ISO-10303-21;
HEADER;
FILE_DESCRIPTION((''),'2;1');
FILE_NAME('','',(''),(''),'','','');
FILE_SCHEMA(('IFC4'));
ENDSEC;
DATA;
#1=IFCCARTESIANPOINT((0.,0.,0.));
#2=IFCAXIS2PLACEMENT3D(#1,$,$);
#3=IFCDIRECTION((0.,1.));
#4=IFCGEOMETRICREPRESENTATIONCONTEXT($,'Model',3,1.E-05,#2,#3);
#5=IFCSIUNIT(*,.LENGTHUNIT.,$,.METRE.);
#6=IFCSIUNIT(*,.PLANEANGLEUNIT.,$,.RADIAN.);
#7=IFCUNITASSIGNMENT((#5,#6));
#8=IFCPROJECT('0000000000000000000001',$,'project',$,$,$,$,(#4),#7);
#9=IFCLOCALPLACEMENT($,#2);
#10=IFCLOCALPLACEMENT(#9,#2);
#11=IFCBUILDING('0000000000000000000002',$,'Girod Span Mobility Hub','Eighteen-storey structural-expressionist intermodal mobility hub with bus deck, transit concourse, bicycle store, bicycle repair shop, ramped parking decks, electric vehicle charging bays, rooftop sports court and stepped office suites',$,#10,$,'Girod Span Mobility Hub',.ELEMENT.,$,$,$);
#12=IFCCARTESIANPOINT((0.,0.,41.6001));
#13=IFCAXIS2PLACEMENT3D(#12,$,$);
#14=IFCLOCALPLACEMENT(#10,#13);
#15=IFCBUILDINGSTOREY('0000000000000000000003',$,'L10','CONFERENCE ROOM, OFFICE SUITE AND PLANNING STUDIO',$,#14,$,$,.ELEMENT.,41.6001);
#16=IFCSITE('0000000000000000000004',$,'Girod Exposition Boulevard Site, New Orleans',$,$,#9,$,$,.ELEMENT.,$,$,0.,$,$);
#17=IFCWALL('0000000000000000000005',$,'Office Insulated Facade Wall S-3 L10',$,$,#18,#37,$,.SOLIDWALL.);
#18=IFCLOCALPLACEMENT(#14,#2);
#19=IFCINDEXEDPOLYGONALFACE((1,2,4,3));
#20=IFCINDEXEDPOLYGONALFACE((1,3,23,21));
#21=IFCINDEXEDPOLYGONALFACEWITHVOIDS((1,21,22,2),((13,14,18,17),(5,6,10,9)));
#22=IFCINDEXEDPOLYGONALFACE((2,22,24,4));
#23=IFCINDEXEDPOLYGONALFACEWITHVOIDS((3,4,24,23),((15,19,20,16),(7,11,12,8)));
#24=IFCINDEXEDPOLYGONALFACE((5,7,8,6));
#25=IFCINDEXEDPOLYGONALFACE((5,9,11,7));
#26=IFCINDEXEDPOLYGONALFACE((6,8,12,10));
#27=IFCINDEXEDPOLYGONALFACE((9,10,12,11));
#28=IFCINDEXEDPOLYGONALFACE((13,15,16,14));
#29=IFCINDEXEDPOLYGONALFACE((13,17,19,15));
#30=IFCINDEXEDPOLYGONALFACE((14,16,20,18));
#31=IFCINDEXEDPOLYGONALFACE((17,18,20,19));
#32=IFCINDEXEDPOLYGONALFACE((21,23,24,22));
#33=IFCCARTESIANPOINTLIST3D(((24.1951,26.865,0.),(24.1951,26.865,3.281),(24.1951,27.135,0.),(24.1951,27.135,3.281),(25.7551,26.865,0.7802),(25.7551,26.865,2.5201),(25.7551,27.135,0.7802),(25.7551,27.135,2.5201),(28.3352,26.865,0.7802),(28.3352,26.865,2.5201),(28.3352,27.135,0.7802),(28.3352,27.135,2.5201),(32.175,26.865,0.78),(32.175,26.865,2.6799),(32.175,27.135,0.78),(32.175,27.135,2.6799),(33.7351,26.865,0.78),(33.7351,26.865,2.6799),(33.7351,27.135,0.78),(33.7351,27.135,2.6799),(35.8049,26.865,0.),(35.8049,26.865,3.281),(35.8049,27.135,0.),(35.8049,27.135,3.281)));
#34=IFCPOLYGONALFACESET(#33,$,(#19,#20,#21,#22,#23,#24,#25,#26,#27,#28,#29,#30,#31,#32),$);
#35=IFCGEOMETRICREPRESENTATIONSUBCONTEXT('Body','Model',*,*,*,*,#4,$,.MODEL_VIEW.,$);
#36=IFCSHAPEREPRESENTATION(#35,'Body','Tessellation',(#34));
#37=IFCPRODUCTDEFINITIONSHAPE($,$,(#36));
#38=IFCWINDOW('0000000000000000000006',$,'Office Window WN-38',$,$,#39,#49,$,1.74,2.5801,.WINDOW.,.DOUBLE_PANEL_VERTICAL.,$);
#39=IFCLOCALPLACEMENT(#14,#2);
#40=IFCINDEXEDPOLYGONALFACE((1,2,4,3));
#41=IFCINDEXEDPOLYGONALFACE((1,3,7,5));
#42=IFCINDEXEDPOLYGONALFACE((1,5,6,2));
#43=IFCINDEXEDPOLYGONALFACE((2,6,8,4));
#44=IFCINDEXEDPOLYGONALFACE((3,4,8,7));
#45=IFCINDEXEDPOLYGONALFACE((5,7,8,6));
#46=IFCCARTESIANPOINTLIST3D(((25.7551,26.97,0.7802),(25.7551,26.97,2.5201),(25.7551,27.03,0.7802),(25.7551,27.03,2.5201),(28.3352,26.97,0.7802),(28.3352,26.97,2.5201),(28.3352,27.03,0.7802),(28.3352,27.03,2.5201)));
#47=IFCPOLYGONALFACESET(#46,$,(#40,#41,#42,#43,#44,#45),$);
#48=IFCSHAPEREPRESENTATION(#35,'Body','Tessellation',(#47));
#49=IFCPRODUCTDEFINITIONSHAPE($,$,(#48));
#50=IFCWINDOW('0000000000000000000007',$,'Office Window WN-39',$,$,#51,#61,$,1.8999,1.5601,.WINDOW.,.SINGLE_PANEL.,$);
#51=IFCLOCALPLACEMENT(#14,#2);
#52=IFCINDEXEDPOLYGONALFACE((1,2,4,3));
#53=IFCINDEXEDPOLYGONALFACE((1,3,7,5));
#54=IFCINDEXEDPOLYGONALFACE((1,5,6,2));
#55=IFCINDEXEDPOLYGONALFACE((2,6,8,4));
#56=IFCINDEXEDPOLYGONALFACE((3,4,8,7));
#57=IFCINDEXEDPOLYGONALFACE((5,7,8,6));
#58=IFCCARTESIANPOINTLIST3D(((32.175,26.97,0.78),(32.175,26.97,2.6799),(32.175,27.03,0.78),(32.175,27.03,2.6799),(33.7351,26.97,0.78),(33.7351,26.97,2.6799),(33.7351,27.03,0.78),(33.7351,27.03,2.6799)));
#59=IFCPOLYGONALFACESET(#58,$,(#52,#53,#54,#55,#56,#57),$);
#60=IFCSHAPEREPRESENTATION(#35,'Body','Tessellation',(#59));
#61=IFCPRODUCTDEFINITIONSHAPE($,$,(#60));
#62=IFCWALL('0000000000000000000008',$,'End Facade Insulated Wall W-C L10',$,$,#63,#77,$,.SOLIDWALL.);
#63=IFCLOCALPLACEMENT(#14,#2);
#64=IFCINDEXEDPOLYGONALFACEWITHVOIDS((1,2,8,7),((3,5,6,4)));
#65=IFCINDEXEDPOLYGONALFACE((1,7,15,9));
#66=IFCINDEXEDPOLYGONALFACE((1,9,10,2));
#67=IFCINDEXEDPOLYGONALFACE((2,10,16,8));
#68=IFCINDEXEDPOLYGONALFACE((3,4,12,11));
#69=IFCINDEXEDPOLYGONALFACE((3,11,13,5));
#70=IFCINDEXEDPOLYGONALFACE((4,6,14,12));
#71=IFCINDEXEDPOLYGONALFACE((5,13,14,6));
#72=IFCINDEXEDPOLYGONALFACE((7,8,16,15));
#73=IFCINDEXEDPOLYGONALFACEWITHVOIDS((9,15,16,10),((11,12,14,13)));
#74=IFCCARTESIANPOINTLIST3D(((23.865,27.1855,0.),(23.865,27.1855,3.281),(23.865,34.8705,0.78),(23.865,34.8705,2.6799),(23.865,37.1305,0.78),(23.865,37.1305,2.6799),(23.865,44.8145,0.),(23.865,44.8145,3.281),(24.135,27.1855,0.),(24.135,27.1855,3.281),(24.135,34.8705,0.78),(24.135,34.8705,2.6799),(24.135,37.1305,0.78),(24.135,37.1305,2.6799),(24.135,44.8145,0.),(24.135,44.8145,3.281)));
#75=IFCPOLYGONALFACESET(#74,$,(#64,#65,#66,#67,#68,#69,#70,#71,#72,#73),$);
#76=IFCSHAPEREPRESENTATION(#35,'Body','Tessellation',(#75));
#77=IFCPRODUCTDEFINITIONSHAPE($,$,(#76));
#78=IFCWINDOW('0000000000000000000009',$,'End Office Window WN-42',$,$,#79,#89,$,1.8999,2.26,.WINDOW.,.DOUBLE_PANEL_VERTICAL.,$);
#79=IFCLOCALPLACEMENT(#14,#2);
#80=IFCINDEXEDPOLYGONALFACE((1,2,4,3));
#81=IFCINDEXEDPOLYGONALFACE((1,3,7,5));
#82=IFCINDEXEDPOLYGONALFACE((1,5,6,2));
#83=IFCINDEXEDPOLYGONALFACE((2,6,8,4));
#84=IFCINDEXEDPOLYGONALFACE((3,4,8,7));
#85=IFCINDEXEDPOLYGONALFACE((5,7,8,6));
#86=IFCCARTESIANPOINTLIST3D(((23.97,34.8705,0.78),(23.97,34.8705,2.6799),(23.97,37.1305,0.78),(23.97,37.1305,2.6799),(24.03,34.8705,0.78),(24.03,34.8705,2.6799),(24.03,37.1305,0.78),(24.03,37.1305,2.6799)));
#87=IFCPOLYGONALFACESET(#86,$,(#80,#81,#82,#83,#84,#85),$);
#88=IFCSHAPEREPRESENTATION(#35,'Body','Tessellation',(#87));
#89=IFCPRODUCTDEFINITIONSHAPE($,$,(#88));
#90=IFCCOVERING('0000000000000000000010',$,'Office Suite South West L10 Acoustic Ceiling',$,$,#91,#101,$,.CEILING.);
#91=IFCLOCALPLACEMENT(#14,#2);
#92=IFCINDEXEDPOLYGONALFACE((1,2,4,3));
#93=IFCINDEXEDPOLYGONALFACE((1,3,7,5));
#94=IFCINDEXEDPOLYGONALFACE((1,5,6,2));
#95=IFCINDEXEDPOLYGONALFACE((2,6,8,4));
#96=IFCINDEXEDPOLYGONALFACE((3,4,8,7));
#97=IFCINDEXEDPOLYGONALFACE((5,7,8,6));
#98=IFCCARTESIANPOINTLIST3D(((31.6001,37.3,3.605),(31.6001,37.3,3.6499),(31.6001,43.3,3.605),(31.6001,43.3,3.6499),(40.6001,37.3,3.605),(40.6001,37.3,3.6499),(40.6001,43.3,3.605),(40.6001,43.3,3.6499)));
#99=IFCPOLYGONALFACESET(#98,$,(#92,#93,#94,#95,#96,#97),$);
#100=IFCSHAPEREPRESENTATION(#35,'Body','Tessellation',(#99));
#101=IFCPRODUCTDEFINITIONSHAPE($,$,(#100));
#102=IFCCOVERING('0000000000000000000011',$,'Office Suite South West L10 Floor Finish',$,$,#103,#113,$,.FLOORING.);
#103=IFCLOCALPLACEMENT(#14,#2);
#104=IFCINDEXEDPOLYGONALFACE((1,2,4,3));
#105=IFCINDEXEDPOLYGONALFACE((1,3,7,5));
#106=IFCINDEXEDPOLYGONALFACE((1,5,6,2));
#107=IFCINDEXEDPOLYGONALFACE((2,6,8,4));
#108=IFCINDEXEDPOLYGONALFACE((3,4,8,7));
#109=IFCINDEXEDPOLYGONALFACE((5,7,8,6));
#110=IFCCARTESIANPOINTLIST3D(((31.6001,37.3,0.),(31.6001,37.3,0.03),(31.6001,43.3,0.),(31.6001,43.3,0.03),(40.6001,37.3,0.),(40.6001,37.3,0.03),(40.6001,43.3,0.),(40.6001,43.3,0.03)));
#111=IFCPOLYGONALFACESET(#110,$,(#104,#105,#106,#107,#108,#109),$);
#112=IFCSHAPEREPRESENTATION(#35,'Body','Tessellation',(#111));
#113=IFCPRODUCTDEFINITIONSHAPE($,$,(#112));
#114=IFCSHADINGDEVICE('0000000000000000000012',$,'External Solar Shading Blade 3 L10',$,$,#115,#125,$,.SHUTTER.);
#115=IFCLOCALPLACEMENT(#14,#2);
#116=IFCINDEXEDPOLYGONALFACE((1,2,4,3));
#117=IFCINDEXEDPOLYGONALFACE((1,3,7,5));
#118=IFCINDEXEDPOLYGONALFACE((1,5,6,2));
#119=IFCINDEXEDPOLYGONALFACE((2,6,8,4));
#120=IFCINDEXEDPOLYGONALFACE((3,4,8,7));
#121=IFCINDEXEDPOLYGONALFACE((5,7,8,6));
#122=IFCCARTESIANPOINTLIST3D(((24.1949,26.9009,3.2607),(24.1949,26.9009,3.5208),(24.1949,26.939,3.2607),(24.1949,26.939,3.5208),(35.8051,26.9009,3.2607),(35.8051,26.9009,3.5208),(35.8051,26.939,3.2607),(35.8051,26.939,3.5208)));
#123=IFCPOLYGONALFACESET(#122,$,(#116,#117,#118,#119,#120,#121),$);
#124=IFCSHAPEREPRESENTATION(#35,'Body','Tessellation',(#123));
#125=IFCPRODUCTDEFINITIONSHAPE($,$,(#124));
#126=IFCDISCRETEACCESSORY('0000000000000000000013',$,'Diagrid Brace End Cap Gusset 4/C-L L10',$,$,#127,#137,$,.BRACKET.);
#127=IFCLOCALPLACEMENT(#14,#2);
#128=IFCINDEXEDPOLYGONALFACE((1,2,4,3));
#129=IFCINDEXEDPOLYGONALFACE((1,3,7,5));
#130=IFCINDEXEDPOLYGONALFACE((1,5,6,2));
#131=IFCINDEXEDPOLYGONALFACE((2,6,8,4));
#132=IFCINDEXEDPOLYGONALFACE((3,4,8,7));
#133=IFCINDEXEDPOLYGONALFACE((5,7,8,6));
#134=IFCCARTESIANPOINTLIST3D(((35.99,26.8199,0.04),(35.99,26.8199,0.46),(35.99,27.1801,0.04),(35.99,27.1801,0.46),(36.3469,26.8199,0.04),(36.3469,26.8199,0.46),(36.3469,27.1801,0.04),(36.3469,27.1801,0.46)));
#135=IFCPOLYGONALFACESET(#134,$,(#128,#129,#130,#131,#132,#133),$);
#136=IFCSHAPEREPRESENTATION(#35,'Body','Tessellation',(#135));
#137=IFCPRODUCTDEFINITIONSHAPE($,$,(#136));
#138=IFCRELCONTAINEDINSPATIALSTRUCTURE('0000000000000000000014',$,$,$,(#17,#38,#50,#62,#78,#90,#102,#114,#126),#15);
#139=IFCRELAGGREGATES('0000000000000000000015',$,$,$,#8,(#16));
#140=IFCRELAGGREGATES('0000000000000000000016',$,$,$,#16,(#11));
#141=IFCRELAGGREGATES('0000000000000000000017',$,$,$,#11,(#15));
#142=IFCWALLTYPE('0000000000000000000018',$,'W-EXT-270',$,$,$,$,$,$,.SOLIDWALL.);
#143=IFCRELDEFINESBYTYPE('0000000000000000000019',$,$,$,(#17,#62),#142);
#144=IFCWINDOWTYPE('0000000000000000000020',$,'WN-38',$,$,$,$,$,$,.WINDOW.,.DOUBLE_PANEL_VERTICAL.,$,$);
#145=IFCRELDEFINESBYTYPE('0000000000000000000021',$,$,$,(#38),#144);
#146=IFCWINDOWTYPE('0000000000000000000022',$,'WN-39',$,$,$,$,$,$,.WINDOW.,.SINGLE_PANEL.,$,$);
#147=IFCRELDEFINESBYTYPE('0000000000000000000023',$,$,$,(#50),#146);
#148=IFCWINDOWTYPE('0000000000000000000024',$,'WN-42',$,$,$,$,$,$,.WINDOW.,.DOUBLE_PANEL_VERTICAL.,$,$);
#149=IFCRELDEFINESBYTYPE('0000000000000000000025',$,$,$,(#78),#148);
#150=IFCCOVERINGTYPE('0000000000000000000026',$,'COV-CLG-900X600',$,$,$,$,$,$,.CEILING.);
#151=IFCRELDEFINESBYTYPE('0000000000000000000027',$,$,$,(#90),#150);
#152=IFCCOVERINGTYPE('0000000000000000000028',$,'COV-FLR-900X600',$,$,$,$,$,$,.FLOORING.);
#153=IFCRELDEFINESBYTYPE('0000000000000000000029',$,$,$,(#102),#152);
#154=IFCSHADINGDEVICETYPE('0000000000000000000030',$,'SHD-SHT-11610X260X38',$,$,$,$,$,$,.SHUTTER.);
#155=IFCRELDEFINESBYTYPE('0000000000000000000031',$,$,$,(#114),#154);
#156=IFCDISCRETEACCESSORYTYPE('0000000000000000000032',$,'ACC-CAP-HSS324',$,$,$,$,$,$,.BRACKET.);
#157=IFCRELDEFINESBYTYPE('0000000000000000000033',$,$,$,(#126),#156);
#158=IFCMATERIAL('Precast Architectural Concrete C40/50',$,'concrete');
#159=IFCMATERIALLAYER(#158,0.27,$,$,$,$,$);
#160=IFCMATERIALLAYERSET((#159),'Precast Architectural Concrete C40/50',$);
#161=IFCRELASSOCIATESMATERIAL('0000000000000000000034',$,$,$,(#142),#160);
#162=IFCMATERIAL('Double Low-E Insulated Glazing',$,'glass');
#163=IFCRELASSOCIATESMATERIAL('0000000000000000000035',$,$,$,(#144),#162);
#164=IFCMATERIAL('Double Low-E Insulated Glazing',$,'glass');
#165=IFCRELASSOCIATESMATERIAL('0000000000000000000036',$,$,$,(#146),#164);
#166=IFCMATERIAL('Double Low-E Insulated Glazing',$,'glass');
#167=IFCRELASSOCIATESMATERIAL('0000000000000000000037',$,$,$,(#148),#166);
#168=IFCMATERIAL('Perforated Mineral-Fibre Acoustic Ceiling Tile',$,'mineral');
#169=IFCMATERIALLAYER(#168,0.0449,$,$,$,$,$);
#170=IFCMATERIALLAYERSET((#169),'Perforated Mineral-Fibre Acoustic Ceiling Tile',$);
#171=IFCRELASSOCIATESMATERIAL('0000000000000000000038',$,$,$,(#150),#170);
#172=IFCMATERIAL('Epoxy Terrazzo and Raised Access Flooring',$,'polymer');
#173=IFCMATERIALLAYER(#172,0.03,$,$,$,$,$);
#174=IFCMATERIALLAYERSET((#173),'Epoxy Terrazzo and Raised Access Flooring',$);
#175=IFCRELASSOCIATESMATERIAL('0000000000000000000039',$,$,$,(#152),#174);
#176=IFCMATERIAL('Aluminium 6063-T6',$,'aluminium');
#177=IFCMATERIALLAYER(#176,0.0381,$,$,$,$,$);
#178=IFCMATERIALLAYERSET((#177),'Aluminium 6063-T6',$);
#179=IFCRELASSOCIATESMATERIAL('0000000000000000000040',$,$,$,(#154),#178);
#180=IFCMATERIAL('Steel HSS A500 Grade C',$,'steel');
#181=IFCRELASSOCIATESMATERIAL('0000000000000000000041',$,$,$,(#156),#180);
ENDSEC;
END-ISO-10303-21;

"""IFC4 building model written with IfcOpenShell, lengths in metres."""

from ifc_helpers import new_model, si_unit, direction, frame, frame_2d, origin, origin_2d, place, context, subcontext, project, spatial, rectangle, extrude, material, layer, layer_set, type_object, element, fill, save


model = new_model("IFC4")

# Units and contexts
model_context = context("Model", 3, precision=1e-05, world=origin(), true_north=direction((0.0, 1.0)))
body_context = subcontext(model_context, "Body", "Model", "MODEL_VIEW")
ifc_project = project(units=[si_unit("LENGTHUNIT", "METRE"), si_unit("PLANEANGLEUNIT", "RADIAN")], contexts=[model_context])

# Site, building, storey
site_placement = place(None, origin())
site = spatial("IfcSite", under=ifc_project, at=site_placement, Name="Girod Exposition Boulevard Site, New Orleans", CompositionType="ELEMENT", RefElevation=0.0)
building_placement = place(site_placement, origin())
building = spatial("IfcBuilding", under=site, at=building_placement, Name="Girod Span Mobility Hub", Description="Eighteen-storey structural-expressionist intermodal mobility hub with bus deck, transit concourse, bicycle store, bicycle repair shop, ramped parking decks, electric vehicle charging bays, rooftop sports court and stepped office suites", LongName="Girod Span Mobility Hub", CompositionType="ELEMENT")
storey_placement = place(building_placement, frame((0.0, 0.0, 41.6001)))
storey = spatial("IfcBuildingStorey", under=building, at=storey_placement, Name="L10", Description="CONFERENCE ROOM, OFFICE SUITE AND PLANNING STUDIO", CompositionType="ELEMENT", Elevation=41.6001)

# Wall, openings, windows
ifc_material_1 = material(Name="Precast Architectural Concrete C40/50", Category="concrete")
ifc_layer_1 = layer(ifc_material_1, 0.27)
ifc_layer_set_1 = layer_set([ifc_layer_1], Name="Precast Architectural Concrete C40/50")
wall_type = type_object("IfcWallType", Name="W-EXT-270", PredefinedType="SOLIDWALL", material=ifc_layer_set_1)
wall_1_placement = place(storey_placement, frame((24.1951, 27.0, 0.0), z_axis=(0.0, 0.0, 1.0), x_axis=(1.0, 0.0, 0.0)))
wall_1 = element("IfcWall", 1, at=wall_1_placement, inside=storey, type_object=wall_type, Name="Office Insulated Facade Wall S-3 L10", PredefinedType="SOLIDWALL", context=body_context, shape_type="SweptSolid", body=[
    extrude(rectangle(XDim=11.6099, YDim=0.27, at=frame_2d((5.8049, 0.0))), origin(), (0.0, 0.0, 1.0), 3.281),
])
opening_1_placement = place(wall_1_placement, frame((1.5601, 0.0, 0.78)))
opening_1 = element("IfcOpeningElement", 2, at=opening_1_placement, cuts=wall_1, PredefinedType="OPENING", context=body_context, shape_type="SweptSolid", body=[
    extrude(rectangle(XDim=2.5801, YDim=1.74, at=frame_2d((1.29, 0.8701))), frame((0.0, 0.1499, 0.0), z_axis=(0.0, -1.0, 0.0), x_axis=(1.0, 0.0, 0.0)), (0.0, 0.0, 1.0), 0.3),
])
opening_2_placement = place(wall_1_placement, frame((7.98, 0.0, 0.78)))
opening_2 = element("IfcOpeningElement", 3, at=opening_2_placement, cuts=wall_1, PredefinedType="OPENING", context=body_context, shape_type="SweptSolid", body=[
    extrude(rectangle(XDim=1.5601, YDim=1.8999, at=frame_2d((0.78, 0.95))), frame((0.0, 0.1499, 0.0), z_axis=(0.0, -1.0, 0.0), x_axis=(1.0, 0.0, 0.0)), (0.0, 0.0, 1.0), 0.3),
])
ifc_material_2 = material(Name="Double Low-E Insulated Glazing", Category="glass")
window_type_1 = type_object("IfcWindowType", Name="WN-38", PartitioningType="DOUBLE_PANEL_VERTICAL", PredefinedType="WINDOW", material=ifc_material_2)
window_1_placement = place(opening_1_placement, origin())
window_1 = element("IfcWindow", 4, at=window_1_placement, inside=storey, type_object=window_type_1, Name="Office Window WN-38", OverallHeight=1.74, OverallWidth=2.5801, PartitioningType="DOUBLE_PANEL_VERTICAL", PredefinedType="WINDOW", context=body_context, shape_type="SweptSolid", body=[
    extrude(rectangle(XDim=2.5801, YDim=1.74, at=frame_2d((1.29, 0.8701))), frame((0.0, 0.03, 0.0), z_axis=(0.0, -1.0, 0.0), x_axis=(1.0, 0.0, 0.0)), (0.0, 0.0, 1.0), 0.0601),
])
fill(opening_1, window_1)
ifc_material_3 = material(Name="Double Low-E Insulated Glazing", Category="glass")
window_type_2 = type_object("IfcWindowType", Name="WN-39", PartitioningType="SINGLE_PANEL", PredefinedType="WINDOW", material=ifc_material_3)
window_2_placement = place(opening_2_placement, origin())
window_2 = element("IfcWindow", 5, at=window_2_placement, inside=storey, type_object=window_type_2, Name="Office Window WN-39", OverallHeight=1.8999, OverallWidth=1.5601, PartitioningType="SINGLE_PANEL", PredefinedType="WINDOW", context=body_context, shape_type="SweptSolid", body=[
    extrude(rectangle(XDim=1.5601, YDim=1.8999, at=frame_2d((0.78, 0.95))), frame((0.0, 0.03, 0.0), z_axis=(0.0, -1.0, 0.0), x_axis=(1.0, 0.0, 0.0)), (0.0, 0.0, 1.0), 0.0601),
])
fill(opening_2, window_2)

# Wall, opening, window
wall_2_placement = place(storey_placement, frame((24.0, 27.1855, 0.0), z_axis=(0.0, 0.0, 1.0), x_axis=(0.0, 1.0, 0.0)))
wall_2 = element("IfcWall", 6, at=wall_2_placement, inside=storey, type_object=wall_type, Name="End Facade Insulated Wall W-C L10", PredefinedType="SOLIDWALL", context=body_context, shape_type="SweptSolid", body=[
    extrude(rectangle(XDim=17.6289, YDim=0.27, at=frame_2d((8.8145, 0.0))), origin(), (0.0, 0.0, 1.0), 3.281),
])
opening_3_placement = place(wall_2_placement, frame((7.6851, 0.0, 0.78)))
opening_3 = element("IfcOpeningElement", 7, at=opening_3_placement, cuts=wall_2, PredefinedType="OPENING", context=body_context, shape_type="SweptSolid", body=[
    extrude(rectangle(XDim=2.26, YDim=1.8999, at=frame_2d((1.1299, 0.95))), frame((0.0, 0.1499, 0.0), z_axis=(0.0, -1.0, 0.0), x_axis=(1.0, 0.0, 0.0)), (0.0, 0.0, 1.0), 0.3),
])
ifc_material_4 = material(Name="Double Low-E Insulated Glazing", Category="glass")
window_type_3 = type_object("IfcWindowType", Name="WN-42", PartitioningType="DOUBLE_PANEL_VERTICAL", PredefinedType="WINDOW", material=ifc_material_4)
window_3_placement = place(opening_3_placement, origin())
window_3 = element("IfcWindow", 8, at=window_3_placement, inside=storey, type_object=window_type_3, Name="End Office Window WN-42", OverallHeight=1.8999, OverallWidth=2.26, PartitioningType="DOUBLE_PANEL_VERTICAL", PredefinedType="WINDOW", context=body_context, shape_type="SweptSolid", body=[
    extrude(rectangle(XDim=2.26, YDim=1.8999, at=frame_2d((1.1299, 0.95))), frame((0.0, 0.03, 0.0), z_axis=(0.0, -1.0, 0.0), x_axis=(1.0, 0.0, 0.0)), (0.0, 0.0, 1.0), 0.0601),
])
fill(opening_3, window_3)

# Coverings
ifc_material_5 = material(Name="Perforated Mineral-Fibre Acoustic Ceiling Tile", Category="mineral")
ifc_layer_2 = layer(ifc_material_5, 0.0449)
ifc_layer_set_2 = layer_set([ifc_layer_2], Name="Perforated Mineral-Fibre Acoustic Ceiling Tile")
covering_type_1 = type_object("IfcCoveringType", Name="COV-CLG-900X600", PredefinedType="CEILING", material=ifc_layer_set_2)
covering_1_placement = place(storey_placement, frame((36.1001, 40.3, 3.605), z_axis=(0.0, 0.0, 1.0), x_axis=(1.0, 0.0, 0.0)))
element("IfcCovering", 9, at=covering_1_placement, inside=storey, type_object=covering_type_1, Name="Office Suite South West L10 Acoustic Ceiling", PredefinedType="CEILING", context=body_context, shape_type="SweptSolid", body=[
    extrude(rectangle(XDim=9.0, YDim=6.0, at=origin_2d()), origin(), (0.0, 0.0, 1.0), 0.0449),
])
ifc_material_6 = material(Name="Epoxy Terrazzo and Raised Access Flooring", Category="polymer")
ifc_layer_3 = layer(ifc_material_6, 0.03)
ifc_layer_set_3 = layer_set([ifc_layer_3], Name="Epoxy Terrazzo and Raised Access Flooring")
covering_type_2 = type_object("IfcCoveringType", Name="COV-FLR-900X600", PredefinedType="FLOORING", material=ifc_layer_set_3)
covering_2_placement = place(storey_placement, frame((36.1001, 40.3, 0.0), z_axis=(0.0, 0.0, 1.0), x_axis=(1.0, 0.0, 0.0)))
element("IfcCovering", 10, at=covering_2_placement, inside=storey, type_object=covering_type_2, Name="Office Suite South West L10 Floor Finish", PredefinedType="FLOORING", context=body_context, shape_type="SweptSolid", body=[
    extrude(rectangle(XDim=9.0, YDim=6.0, at=origin_2d()), origin(), (0.0, 0.0, 1.0), 0.03),
])

# Shading device
ifc_material_7 = material(Name="Aluminium 6063-T6", Category="aluminium")
ifc_layer_4 = layer(ifc_material_7, 0.0381)
ifc_layer_set_4 = layer_set([ifc_layer_4], Name="Aluminium 6063-T6")
shading_device_type = type_object("IfcShadingDeviceType", Name="SHD-SHT-11610X260X38", PredefinedType="SHUTTER", material=ifc_layer_set_4)
shading_device_placement = place(storey_placement, frame((30.0, 26.9199, 3.2607), z_axis=(0.0, 0.0, 1.0), x_axis=(1.0, 0.0, 0.0)))
element("IfcShadingDevice", 11, at=shading_device_placement, inside=storey, type_object=shading_device_type, Name="External Solar Shading Blade 3 L10", PredefinedType="SHUTTER", context=body_context, shape_type="SweptSolid", body=[
    extrude(rectangle(XDim=11.6101, YDim=0.0381, at=origin_2d()), origin(), (0.0, 0.0, 1.0), 0.26),
])

# Discrete accessory
ifc_material_8 = material(Name="Steel HSS A500 Grade C", Category="steel")
discrete_accessory_type = type_object("IfcDiscreteAccessoryType", Name="ACC-CAP-HSS324", PredefinedType="BRACKET", material=ifc_material_8)
discrete_accessory_placement = place(storey_placement, frame((36.1685, 27.0, 0.04), z_axis=(0.0, 0.0, 1.0), x_axis=(1.0, 0.0, 0.0)))
element("IfcDiscreteAccessory", 12, at=discrete_accessory_placement, inside=storey, type_object=discrete_accessory_type, Name="Diagrid Brace End Cap Gusset 4/C-L L10", PredefinedType="BRACKET", context=body_context, shape_type="SweptSolid", body=[
    extrude(rectangle(XDim=0.3569, YDim=0.3601, at=origin_2d()), origin(), (0.0, 0.0, 1.0), 0.4199),
])

save(model, "model.ifc")
